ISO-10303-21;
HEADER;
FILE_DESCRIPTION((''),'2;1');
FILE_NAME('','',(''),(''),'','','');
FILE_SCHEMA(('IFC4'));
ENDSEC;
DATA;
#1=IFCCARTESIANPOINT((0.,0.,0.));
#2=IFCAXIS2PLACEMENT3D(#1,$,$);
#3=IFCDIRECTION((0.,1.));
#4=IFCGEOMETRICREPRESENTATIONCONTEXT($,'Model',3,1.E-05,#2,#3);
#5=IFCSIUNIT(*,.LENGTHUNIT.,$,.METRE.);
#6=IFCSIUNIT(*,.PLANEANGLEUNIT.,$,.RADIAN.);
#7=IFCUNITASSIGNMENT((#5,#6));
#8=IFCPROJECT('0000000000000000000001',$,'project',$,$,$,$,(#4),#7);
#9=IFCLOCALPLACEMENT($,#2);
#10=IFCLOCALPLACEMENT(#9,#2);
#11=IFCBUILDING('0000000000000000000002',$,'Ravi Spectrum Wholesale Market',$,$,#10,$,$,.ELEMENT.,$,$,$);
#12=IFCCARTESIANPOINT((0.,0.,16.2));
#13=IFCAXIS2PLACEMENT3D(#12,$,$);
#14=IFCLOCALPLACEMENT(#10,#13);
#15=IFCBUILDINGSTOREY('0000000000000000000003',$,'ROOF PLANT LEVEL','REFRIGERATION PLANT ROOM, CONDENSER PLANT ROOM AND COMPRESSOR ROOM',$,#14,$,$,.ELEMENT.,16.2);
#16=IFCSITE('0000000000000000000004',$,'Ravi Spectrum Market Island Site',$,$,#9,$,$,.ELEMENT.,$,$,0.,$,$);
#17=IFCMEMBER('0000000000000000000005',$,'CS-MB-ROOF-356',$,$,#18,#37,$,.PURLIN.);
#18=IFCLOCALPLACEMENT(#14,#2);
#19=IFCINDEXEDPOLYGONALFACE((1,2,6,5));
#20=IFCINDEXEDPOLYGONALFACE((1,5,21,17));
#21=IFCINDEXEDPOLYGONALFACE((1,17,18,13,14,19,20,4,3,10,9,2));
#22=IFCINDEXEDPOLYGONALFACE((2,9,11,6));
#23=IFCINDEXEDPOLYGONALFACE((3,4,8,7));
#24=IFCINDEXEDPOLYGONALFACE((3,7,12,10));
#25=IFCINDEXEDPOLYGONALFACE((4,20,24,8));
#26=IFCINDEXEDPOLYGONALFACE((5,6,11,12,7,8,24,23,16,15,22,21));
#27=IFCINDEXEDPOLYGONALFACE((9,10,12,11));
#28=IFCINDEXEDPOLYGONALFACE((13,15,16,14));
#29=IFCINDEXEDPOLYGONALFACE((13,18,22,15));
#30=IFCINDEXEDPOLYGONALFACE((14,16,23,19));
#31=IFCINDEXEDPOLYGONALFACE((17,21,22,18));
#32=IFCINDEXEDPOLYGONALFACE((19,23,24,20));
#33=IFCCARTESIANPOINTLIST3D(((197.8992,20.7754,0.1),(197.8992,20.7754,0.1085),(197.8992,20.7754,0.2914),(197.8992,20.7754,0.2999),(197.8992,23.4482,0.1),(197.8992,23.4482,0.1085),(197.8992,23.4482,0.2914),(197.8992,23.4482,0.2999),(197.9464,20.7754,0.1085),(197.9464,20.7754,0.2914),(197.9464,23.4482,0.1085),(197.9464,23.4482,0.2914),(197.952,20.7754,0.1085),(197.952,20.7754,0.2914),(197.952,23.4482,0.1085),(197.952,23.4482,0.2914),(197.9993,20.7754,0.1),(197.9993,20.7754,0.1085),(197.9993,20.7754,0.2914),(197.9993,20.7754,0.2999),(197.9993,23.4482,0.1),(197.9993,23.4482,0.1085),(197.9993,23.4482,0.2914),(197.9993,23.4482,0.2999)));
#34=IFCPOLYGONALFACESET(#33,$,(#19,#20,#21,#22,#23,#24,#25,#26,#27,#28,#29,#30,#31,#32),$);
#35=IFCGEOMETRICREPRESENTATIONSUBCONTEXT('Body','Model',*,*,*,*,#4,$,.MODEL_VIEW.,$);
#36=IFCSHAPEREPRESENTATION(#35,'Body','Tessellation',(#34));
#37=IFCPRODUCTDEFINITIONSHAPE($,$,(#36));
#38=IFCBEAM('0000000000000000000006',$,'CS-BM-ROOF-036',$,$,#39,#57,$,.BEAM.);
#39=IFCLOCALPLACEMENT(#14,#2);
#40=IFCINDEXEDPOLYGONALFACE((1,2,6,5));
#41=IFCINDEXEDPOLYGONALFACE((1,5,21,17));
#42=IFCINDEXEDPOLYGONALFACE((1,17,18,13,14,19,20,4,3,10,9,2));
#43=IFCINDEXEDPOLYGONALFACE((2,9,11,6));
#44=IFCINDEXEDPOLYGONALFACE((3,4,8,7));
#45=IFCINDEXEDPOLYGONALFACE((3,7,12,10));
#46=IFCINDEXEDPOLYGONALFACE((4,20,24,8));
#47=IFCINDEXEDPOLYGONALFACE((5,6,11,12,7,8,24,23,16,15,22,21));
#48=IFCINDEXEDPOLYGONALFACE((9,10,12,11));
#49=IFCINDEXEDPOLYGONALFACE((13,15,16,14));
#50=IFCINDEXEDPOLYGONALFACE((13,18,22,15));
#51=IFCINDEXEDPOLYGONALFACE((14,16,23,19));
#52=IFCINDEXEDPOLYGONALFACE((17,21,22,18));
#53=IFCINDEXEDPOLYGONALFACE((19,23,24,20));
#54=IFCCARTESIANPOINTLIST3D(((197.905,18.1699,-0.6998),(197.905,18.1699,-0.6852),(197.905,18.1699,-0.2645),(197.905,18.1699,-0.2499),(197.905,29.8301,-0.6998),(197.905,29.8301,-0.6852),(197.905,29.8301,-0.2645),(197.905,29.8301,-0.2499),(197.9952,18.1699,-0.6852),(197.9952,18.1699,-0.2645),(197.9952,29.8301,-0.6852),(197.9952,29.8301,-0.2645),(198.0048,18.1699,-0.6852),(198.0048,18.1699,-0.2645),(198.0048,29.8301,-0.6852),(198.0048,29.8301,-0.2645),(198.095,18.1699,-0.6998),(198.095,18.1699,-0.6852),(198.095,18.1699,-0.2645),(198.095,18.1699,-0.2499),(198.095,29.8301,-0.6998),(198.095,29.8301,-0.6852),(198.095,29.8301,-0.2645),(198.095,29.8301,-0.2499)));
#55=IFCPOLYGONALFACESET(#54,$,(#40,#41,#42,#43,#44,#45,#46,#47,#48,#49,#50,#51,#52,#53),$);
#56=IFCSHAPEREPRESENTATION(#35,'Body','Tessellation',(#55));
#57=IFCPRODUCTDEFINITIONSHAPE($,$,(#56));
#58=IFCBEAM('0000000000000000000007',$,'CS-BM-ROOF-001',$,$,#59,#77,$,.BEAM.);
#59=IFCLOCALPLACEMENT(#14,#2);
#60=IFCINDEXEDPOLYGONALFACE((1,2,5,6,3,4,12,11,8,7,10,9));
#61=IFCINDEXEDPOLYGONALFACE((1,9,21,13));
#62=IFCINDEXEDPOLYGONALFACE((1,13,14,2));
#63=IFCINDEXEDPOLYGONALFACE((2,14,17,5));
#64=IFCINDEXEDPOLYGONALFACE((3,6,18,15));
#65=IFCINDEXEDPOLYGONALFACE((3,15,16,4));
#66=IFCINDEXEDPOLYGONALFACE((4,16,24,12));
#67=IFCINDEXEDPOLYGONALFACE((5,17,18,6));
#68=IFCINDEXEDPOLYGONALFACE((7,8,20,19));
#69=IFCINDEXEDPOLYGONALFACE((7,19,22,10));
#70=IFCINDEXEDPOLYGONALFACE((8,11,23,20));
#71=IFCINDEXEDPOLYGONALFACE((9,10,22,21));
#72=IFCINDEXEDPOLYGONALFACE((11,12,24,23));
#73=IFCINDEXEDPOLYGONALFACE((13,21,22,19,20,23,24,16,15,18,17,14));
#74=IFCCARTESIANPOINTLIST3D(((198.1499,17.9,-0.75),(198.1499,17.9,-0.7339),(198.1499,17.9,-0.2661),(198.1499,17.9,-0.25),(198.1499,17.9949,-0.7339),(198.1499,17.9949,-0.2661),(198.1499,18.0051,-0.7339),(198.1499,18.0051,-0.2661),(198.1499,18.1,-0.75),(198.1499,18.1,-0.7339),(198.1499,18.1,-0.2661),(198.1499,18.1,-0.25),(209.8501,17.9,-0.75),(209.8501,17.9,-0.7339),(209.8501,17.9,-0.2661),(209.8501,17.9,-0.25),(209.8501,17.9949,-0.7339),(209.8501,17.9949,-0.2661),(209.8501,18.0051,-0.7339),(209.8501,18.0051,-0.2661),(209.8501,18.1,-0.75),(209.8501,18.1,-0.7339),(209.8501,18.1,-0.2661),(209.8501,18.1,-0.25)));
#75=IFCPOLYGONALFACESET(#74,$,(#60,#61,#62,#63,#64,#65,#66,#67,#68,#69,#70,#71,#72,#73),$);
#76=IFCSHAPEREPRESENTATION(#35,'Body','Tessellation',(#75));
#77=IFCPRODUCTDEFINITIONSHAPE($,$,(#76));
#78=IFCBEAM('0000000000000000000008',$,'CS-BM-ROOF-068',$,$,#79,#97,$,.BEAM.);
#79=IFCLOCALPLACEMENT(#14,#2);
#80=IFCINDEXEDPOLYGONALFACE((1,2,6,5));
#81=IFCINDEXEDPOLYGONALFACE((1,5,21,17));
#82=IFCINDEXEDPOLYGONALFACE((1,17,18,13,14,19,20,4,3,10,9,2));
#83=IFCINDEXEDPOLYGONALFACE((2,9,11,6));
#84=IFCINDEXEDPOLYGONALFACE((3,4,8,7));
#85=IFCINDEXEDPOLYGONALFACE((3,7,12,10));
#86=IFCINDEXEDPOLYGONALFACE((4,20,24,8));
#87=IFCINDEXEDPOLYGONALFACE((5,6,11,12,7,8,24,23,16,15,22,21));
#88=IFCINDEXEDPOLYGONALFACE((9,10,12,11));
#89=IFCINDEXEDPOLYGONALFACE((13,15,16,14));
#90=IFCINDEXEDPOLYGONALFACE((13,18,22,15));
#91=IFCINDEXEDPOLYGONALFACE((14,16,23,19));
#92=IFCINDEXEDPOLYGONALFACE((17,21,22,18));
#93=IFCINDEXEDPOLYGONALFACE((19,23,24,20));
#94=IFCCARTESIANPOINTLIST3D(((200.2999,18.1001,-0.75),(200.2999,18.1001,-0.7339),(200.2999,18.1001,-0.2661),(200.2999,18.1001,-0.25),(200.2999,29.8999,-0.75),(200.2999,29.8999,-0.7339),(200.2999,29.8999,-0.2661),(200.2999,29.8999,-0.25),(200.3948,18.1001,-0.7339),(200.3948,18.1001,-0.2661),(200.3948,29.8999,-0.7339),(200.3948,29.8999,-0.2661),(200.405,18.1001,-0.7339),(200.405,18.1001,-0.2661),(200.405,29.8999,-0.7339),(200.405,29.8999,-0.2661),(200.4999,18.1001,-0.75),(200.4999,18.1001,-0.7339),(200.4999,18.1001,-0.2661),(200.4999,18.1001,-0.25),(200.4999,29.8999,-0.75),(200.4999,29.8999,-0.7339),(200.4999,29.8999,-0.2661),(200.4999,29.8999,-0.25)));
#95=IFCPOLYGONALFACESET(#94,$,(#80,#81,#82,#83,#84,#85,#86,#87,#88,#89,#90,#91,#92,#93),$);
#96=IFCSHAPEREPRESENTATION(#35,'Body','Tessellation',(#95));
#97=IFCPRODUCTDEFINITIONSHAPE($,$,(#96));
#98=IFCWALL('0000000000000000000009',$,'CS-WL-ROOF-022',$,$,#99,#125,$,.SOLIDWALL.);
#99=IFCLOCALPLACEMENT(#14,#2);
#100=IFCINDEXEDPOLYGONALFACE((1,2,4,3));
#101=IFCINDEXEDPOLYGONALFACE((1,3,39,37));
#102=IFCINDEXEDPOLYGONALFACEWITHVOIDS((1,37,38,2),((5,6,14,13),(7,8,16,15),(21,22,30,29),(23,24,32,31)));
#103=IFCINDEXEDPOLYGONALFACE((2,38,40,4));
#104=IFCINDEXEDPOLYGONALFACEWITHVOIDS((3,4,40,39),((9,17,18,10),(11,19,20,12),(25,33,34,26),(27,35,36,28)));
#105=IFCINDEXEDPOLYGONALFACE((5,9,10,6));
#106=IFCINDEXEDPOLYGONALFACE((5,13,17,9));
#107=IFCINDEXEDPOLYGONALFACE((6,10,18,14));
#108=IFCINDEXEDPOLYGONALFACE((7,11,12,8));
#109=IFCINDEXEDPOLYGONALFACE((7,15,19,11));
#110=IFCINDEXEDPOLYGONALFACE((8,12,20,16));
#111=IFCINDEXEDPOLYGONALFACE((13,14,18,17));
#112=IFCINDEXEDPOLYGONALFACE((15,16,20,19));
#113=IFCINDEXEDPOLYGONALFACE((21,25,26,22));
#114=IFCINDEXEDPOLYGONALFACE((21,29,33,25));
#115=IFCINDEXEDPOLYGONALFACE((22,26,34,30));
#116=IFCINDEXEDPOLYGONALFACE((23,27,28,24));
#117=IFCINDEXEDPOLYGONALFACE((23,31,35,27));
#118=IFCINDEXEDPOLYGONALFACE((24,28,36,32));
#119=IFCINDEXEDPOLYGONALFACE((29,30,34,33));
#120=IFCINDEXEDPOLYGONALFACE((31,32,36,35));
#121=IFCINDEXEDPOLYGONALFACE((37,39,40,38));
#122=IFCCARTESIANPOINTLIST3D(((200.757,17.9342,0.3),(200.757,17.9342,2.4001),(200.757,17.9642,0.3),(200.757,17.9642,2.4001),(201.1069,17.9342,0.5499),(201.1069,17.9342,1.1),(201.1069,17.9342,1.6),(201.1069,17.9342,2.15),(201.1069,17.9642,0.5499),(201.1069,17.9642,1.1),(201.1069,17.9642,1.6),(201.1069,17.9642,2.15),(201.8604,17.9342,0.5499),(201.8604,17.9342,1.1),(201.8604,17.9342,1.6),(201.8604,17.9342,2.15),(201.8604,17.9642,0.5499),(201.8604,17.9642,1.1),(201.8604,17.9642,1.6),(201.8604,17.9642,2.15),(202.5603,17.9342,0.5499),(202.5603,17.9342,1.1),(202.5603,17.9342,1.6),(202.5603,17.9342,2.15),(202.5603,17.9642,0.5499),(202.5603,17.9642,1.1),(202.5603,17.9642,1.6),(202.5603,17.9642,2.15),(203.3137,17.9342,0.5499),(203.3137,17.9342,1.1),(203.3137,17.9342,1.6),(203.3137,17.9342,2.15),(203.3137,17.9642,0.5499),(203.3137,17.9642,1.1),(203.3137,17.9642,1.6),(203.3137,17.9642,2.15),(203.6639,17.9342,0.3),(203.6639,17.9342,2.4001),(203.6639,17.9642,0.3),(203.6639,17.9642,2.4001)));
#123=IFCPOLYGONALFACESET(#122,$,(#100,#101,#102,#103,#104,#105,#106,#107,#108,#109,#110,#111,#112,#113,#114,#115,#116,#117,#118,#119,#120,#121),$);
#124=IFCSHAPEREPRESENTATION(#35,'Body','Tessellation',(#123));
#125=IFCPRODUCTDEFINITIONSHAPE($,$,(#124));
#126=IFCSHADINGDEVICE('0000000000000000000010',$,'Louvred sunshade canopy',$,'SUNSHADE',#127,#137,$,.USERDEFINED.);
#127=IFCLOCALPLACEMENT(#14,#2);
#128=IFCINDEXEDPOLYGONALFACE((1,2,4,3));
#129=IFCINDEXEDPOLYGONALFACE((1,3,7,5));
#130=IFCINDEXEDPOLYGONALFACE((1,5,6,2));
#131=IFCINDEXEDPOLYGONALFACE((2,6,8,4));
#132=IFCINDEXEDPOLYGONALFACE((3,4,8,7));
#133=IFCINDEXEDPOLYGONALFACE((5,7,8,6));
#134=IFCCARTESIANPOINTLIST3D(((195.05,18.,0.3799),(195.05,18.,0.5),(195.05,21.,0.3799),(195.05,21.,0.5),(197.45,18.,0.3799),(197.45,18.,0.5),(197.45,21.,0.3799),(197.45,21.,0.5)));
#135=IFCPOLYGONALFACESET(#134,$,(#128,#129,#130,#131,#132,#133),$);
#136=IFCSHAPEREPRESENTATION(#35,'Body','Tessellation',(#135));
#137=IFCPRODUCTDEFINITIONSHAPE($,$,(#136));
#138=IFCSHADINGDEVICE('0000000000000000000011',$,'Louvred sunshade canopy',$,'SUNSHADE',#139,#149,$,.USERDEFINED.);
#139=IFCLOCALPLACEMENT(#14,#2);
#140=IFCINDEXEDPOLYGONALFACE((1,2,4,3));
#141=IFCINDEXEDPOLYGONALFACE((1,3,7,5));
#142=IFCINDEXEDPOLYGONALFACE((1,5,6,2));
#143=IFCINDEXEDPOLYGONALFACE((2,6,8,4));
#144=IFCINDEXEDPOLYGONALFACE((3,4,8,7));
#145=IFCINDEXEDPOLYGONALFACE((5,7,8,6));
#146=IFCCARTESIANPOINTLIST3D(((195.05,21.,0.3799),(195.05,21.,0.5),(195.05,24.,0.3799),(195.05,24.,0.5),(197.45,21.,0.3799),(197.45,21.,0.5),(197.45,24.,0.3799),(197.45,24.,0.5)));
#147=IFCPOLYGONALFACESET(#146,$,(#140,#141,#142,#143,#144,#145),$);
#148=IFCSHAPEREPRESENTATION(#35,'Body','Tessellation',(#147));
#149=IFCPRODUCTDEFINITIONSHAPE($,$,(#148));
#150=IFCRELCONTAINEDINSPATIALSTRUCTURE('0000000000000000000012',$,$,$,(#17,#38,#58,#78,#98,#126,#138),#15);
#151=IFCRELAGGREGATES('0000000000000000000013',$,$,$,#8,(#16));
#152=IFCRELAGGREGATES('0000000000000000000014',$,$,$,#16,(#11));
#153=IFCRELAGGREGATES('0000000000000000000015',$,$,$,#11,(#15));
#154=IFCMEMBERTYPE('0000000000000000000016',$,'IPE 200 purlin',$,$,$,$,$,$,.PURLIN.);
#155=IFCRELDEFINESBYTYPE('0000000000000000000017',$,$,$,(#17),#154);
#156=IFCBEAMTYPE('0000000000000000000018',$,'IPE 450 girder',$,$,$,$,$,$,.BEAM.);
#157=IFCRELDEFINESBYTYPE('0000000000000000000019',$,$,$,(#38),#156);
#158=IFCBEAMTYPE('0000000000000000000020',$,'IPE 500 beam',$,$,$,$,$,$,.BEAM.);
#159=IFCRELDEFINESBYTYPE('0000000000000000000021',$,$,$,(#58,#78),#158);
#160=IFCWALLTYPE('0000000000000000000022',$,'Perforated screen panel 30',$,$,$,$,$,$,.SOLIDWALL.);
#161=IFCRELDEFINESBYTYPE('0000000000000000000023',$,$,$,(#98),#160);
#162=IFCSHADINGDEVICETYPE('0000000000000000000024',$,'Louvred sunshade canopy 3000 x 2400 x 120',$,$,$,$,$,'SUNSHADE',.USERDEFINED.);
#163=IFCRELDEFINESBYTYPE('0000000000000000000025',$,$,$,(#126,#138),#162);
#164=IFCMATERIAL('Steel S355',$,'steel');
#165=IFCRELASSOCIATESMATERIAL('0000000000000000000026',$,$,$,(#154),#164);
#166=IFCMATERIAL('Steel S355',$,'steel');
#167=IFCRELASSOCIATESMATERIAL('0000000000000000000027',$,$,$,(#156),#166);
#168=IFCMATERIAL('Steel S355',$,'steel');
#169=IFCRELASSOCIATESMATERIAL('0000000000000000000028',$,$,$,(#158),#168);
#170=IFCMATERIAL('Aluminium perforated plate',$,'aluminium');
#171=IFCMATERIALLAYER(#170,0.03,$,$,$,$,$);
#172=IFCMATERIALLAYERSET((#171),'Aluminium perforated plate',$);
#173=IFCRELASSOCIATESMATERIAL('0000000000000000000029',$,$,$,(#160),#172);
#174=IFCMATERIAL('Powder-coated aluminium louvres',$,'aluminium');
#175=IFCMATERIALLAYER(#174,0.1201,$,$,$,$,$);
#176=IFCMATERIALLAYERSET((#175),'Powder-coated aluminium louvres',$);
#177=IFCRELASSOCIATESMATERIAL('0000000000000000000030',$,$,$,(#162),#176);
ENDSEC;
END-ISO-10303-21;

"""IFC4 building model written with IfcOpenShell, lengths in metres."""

from ifc_helpers import new_model, si_unit, direction, frame, frame_2d, origin, origin_2d, place, context, subcontext, project, spatial, rectangle, i_section, extrude, material, layer, layer_set, material_profile, profile_set, type_object, element, save


model = new_model("IFC4")

# Units and contexts
model_context = context("Model", 3, precision=1e-05, world=origin(), true_north=direction((0.0, 1.0)))
body_context = subcontext(model_context, "Body", "Model", "MODEL_VIEW")
ifc_project = project(units=[si_unit("LENGTHUNIT", "METRE"), si_unit("PLANEANGLEUNIT", "RADIAN")], contexts=[model_context])

# Site, building, storey
site_placement = place(None, origin())
site = spatial("IfcSite", under=ifc_project, at=site_placement, Name="Ravi Spectrum Market Island Site", CompositionType="ELEMENT", RefElevation=0.0)
building_placement = place(site_placement, origin())
building = spatial("IfcBuilding", under=site, at=building_placement, Name="Ravi Spectrum Wholesale Market", CompositionType="ELEMENT")
storey_placement = place(building_placement, frame((0.0, 0.0, 16.2)))
storey = spatial("IfcBuildingStorey", under=building, at=storey_placement, Name="ROOF PLANT LEVEL", Description="REFRIGERATION PLANT ROOM, CONDENSER PLANT ROOM AND COMPRESSOR ROOM", CompositionType="ELEMENT", Elevation=16.2)

# Member
ifc_material_1 = material(Name="Steel S355", Category="steel")
ifc_material_profile_1 = material_profile(ifc_material_1, i_section(OverallWidth=0.1001, OverallDepth=0.2, WebThickness=0.0056, FlangeThickness=0.0085, at=origin_2d()))
ifc_profile_set_1 = profile_set([ifc_material_profile_1], Name="Steel S355")
member_type_1 = type_object("IfcMemberType", Name="IPE 200 purlin", PredefinedType="PURLIN", material=ifc_profile_set_1)
for number, where, z_axis, x_axis, name in (
    (1, (197.9492, 23.4482, 0.2), (0.0, -1.0, 0.0), (1.0, 0.0, 0.0), "CS-MB-ROOF-356"),
):
    element("IfcMember", number, at=place(storey_placement, frame(where, z_axis=z_axis, x_axis=x_axis)), inside=storey, type_object=member_type_1, Name=name, PredefinedType="PURLIN", context=body_context, shape_type="SweptSolid", body=[
        extrude(i_section(OverallWidth=0.1001, OverallDepth=0.2, WebThickness=0.0056, FlangeThickness=0.0085, at=origin_2d()), origin(), (0.0, 0.0, 1.0), 2.6729),
    ])

# Beams
ifc_material_2 = material(Name="Steel S355", Category="steel")
ifc_material_profile_2 = material_profile(ifc_material_2, i_section(OverallWidth=0.1899, OverallDepth=0.45, WebThickness=0.0095, FlangeThickness=0.0146, at=origin_2d()))
ifc_profile_set_2 = profile_set([ifc_material_profile_2], Name="Steel S355")
beam_type_1 = type_object("IfcBeamType", Name="IPE 450 girder", PredefinedType="BEAM", material=ifc_profile_set_2)
beam_1_placement = place(storey_placement, frame((198.0, 18.1699, -0.4749), z_axis=(0.0, 1.0, 0.0), x_axis=(-1.0, 0.0, 0.0)))
element("IfcBeam", 2, at=beam_1_placement, inside=storey, type_object=beam_type_1, Name="CS-BM-ROOF-036", PredefinedType="BEAM", context=body_context, shape_type="SweptSolid", body=[
    extrude(i_section(OverallWidth=0.1899, OverallDepth=0.45, WebThickness=0.0095, FlangeThickness=0.0146, at=origin_2d()), origin(), (0.0, 0.0, 1.0), 11.6602),
])
ifc_material_3 = material(Name="Steel S355", Category="steel")
ifc_material_profile_3 = material_profile(ifc_material_3, i_section(OverallWidth=0.2, OverallDepth=0.5, WebThickness=0.0103, FlangeThickness=0.0161, at=origin_2d()))
ifc_profile_set_3 = profile_set([ifc_material_profile_3], Name="Steel S355")
beam_type_2 = type_object("IfcBeamType", Name="IPE 500 beam", PredefinedType="BEAM", material=ifc_profile_set_3)
beam_2_placement = place(storey_placement, frame((198.1499, 18.0, -0.5), z_axis=(1.0, 0.0, 0.0), x_axis=(0.0, 1.0, 0.0)))
element("IfcBeam", 3, at=beam_2_placement, inside=storey, type_object=beam_type_2, Name="CS-BM-ROOF-001", PredefinedType="BEAM", context=body_context, shape_type="SweptSolid", body=[
    extrude(i_section(OverallWidth=0.2, OverallDepth=0.5, WebThickness=0.0103, FlangeThickness=0.0161, at=origin_2d()), origin(), (0.0, 0.0, 1.0), 11.7002),
])
beam_3_placement = place(storey_placement, frame((200.3999, 18.1001, -0.5), z_axis=(0.0, 1.0, 0.0), x_axis=(-1.0, 0.0, 0.0)))
element("IfcBeam", 4, at=beam_3_placement, inside=storey, type_object=beam_type_2, Name="CS-BM-ROOF-068", PredefinedType="BEAM", context=body_context, shape_type="SweptSolid", body=[
    extrude(i_section(OverallWidth=0.2, OverallDepth=0.5, WebThickness=0.0103, FlangeThickness=0.0161, at=origin_2d()), origin(), (0.0, 0.0, 1.0), 11.7998),
])

# Wall, openings
ifc_material_4 = material(Name="Aluminium perforated plate", Category="aluminium")
ifc_layer_1 = layer(ifc_material_4, 0.03)
ifc_layer_set_1 = layer_set([ifc_layer_1], Name="Aluminium perforated plate")
wall_type = type_object("IfcWallType", Name="Perforated screen panel 30", PredefinedType="SOLIDWALL", material=ifc_layer_set_1)
wall_placement = place(storey_placement, frame((200.7568, 17.9492, 0.3), z_axis=(0.0, 0.0, 1.0), x_axis=(1.0, 0.0, 0.0)))
wall = element("IfcWall", 5, at=wall_placement, inside=storey, type_object=wall_type, Name="CS-WL-ROOF-022", PredefinedType="SOLIDWALL", context=body_context, shape_type="SweptSolid", body=[
    extrude(rectangle(XDim=2.907, YDim=0.03, at=frame_2d((1.4536, 0.0))), origin(), (0.0, 0.0, 1.0), 2.1001),
])
opening_1_placement = place(wall_placement, frame((0.3501, 0.0, 0.25)))
element("IfcOpeningElement", 6, at=opening_1_placement, cuts=wall, PredefinedType="OPENING", context=body_context, shape_type="SweptSolid", body=[
    extrude(rectangle(XDim=0.7534, YDim=0.55, at=frame_2d((0.3767, 0.2749))), frame((0.0, 0.0249, 0.0), z_axis=(0.0, -1.0, 0.0), x_axis=(1.0, 0.0, 0.0)), (0.0, 0.0, 1.0), 0.05),
])
opening_2_placement = place(wall_placement, frame((0.3501, 0.0, 1.3)))
element("IfcOpeningElement", 7, at=opening_2_placement, cuts=wall, PredefinedType="OPENING", context=body_context, shape_type="SweptSolid", body=[
    extrude(rectangle(XDim=0.7534, YDim=0.55, at=frame_2d((0.3767, 0.2749))), frame((0.0, 0.0249, 0.0), z_axis=(0.0, -1.0, 0.0), x_axis=(1.0, 0.0, 0.0)), (0.0, 0.0, 1.0), 0.05),
])
opening_3_placement = place(wall_placement, frame((1.8035, 0.0, 0.25)))
element("IfcOpeningElement", 8, at=opening_3_placement, cuts=wall, PredefinedType="OPENING", context=body_context, shape_type="SweptSolid", body=[
    extrude(rectangle(XDim=0.7534, YDim=0.55, at=frame_2d((0.3767, 0.2749))), frame((0.0, 0.0249, 0.0), z_axis=(0.0, -1.0, 0.0), x_axis=(1.0, 0.0, 0.0)), (0.0, 0.0, 1.0), 0.05),
])
opening_4_placement = place(wall_placement, frame((1.8035, 0.0, 1.3)))
element("IfcOpeningElement", 9, at=opening_4_placement, cuts=wall, PredefinedType="OPENING", context=body_context, shape_type="SweptSolid", body=[
    extrude(rectangle(XDim=0.7534, YDim=0.55, at=frame_2d((0.3767, 0.2749))), frame((0.0, 0.0249, 0.0), z_axis=(0.0, -1.0, 0.0), x_axis=(1.0, 0.0, 0.0)), (0.0, 0.0, 1.0), 0.05),
])

# Shading devices
ifc_material_5 = material(Name="Powder-coated aluminium louvres", Category="aluminium")
ifc_layer_2 = layer(ifc_material_5, 0.1201)
ifc_layer_set_2 = layer_set([ifc_layer_2], Name="Powder-coated aluminium louvres")
shading_device_type = type_object("IfcShadingDeviceType", Name="Louvred sunshade canopy 3000 x 2400 x 120", ElementType="SUNSHADE", PredefinedType="USERDEFINED", material=ifc_layer_set_2)
for number, where, z_axis, x_axis, name in (
    (10, (196.25, 19.5, 0.3799), (0.0, 0.0, 1.0), (1.0, 0.0, 0.0), "Louvred sunshade canopy"),
    (11, (196.25, 22.5, 0.3799), (0.0, 0.0, 1.0), (1.0, 0.0, 0.0), "Louvred sunshade canopy"),
):
    element("IfcShadingDevice", number, at=place(storey_placement, frame(where, z_axis=z_axis, x_axis=x_axis)), inside=storey, type_object=shading_device_type, Name=name, ObjectType="SUNSHADE", PredefinedType="USERDEFINED", context=body_context, shape_type="SweptSolid", body=[
        extrude(rectangle(XDim=2.3999, YDim=3.0, at=origin_2d()), origin(), (0.0, 0.0, 1.0), 0.1201),
    ])

save(model, "model.ifc")
